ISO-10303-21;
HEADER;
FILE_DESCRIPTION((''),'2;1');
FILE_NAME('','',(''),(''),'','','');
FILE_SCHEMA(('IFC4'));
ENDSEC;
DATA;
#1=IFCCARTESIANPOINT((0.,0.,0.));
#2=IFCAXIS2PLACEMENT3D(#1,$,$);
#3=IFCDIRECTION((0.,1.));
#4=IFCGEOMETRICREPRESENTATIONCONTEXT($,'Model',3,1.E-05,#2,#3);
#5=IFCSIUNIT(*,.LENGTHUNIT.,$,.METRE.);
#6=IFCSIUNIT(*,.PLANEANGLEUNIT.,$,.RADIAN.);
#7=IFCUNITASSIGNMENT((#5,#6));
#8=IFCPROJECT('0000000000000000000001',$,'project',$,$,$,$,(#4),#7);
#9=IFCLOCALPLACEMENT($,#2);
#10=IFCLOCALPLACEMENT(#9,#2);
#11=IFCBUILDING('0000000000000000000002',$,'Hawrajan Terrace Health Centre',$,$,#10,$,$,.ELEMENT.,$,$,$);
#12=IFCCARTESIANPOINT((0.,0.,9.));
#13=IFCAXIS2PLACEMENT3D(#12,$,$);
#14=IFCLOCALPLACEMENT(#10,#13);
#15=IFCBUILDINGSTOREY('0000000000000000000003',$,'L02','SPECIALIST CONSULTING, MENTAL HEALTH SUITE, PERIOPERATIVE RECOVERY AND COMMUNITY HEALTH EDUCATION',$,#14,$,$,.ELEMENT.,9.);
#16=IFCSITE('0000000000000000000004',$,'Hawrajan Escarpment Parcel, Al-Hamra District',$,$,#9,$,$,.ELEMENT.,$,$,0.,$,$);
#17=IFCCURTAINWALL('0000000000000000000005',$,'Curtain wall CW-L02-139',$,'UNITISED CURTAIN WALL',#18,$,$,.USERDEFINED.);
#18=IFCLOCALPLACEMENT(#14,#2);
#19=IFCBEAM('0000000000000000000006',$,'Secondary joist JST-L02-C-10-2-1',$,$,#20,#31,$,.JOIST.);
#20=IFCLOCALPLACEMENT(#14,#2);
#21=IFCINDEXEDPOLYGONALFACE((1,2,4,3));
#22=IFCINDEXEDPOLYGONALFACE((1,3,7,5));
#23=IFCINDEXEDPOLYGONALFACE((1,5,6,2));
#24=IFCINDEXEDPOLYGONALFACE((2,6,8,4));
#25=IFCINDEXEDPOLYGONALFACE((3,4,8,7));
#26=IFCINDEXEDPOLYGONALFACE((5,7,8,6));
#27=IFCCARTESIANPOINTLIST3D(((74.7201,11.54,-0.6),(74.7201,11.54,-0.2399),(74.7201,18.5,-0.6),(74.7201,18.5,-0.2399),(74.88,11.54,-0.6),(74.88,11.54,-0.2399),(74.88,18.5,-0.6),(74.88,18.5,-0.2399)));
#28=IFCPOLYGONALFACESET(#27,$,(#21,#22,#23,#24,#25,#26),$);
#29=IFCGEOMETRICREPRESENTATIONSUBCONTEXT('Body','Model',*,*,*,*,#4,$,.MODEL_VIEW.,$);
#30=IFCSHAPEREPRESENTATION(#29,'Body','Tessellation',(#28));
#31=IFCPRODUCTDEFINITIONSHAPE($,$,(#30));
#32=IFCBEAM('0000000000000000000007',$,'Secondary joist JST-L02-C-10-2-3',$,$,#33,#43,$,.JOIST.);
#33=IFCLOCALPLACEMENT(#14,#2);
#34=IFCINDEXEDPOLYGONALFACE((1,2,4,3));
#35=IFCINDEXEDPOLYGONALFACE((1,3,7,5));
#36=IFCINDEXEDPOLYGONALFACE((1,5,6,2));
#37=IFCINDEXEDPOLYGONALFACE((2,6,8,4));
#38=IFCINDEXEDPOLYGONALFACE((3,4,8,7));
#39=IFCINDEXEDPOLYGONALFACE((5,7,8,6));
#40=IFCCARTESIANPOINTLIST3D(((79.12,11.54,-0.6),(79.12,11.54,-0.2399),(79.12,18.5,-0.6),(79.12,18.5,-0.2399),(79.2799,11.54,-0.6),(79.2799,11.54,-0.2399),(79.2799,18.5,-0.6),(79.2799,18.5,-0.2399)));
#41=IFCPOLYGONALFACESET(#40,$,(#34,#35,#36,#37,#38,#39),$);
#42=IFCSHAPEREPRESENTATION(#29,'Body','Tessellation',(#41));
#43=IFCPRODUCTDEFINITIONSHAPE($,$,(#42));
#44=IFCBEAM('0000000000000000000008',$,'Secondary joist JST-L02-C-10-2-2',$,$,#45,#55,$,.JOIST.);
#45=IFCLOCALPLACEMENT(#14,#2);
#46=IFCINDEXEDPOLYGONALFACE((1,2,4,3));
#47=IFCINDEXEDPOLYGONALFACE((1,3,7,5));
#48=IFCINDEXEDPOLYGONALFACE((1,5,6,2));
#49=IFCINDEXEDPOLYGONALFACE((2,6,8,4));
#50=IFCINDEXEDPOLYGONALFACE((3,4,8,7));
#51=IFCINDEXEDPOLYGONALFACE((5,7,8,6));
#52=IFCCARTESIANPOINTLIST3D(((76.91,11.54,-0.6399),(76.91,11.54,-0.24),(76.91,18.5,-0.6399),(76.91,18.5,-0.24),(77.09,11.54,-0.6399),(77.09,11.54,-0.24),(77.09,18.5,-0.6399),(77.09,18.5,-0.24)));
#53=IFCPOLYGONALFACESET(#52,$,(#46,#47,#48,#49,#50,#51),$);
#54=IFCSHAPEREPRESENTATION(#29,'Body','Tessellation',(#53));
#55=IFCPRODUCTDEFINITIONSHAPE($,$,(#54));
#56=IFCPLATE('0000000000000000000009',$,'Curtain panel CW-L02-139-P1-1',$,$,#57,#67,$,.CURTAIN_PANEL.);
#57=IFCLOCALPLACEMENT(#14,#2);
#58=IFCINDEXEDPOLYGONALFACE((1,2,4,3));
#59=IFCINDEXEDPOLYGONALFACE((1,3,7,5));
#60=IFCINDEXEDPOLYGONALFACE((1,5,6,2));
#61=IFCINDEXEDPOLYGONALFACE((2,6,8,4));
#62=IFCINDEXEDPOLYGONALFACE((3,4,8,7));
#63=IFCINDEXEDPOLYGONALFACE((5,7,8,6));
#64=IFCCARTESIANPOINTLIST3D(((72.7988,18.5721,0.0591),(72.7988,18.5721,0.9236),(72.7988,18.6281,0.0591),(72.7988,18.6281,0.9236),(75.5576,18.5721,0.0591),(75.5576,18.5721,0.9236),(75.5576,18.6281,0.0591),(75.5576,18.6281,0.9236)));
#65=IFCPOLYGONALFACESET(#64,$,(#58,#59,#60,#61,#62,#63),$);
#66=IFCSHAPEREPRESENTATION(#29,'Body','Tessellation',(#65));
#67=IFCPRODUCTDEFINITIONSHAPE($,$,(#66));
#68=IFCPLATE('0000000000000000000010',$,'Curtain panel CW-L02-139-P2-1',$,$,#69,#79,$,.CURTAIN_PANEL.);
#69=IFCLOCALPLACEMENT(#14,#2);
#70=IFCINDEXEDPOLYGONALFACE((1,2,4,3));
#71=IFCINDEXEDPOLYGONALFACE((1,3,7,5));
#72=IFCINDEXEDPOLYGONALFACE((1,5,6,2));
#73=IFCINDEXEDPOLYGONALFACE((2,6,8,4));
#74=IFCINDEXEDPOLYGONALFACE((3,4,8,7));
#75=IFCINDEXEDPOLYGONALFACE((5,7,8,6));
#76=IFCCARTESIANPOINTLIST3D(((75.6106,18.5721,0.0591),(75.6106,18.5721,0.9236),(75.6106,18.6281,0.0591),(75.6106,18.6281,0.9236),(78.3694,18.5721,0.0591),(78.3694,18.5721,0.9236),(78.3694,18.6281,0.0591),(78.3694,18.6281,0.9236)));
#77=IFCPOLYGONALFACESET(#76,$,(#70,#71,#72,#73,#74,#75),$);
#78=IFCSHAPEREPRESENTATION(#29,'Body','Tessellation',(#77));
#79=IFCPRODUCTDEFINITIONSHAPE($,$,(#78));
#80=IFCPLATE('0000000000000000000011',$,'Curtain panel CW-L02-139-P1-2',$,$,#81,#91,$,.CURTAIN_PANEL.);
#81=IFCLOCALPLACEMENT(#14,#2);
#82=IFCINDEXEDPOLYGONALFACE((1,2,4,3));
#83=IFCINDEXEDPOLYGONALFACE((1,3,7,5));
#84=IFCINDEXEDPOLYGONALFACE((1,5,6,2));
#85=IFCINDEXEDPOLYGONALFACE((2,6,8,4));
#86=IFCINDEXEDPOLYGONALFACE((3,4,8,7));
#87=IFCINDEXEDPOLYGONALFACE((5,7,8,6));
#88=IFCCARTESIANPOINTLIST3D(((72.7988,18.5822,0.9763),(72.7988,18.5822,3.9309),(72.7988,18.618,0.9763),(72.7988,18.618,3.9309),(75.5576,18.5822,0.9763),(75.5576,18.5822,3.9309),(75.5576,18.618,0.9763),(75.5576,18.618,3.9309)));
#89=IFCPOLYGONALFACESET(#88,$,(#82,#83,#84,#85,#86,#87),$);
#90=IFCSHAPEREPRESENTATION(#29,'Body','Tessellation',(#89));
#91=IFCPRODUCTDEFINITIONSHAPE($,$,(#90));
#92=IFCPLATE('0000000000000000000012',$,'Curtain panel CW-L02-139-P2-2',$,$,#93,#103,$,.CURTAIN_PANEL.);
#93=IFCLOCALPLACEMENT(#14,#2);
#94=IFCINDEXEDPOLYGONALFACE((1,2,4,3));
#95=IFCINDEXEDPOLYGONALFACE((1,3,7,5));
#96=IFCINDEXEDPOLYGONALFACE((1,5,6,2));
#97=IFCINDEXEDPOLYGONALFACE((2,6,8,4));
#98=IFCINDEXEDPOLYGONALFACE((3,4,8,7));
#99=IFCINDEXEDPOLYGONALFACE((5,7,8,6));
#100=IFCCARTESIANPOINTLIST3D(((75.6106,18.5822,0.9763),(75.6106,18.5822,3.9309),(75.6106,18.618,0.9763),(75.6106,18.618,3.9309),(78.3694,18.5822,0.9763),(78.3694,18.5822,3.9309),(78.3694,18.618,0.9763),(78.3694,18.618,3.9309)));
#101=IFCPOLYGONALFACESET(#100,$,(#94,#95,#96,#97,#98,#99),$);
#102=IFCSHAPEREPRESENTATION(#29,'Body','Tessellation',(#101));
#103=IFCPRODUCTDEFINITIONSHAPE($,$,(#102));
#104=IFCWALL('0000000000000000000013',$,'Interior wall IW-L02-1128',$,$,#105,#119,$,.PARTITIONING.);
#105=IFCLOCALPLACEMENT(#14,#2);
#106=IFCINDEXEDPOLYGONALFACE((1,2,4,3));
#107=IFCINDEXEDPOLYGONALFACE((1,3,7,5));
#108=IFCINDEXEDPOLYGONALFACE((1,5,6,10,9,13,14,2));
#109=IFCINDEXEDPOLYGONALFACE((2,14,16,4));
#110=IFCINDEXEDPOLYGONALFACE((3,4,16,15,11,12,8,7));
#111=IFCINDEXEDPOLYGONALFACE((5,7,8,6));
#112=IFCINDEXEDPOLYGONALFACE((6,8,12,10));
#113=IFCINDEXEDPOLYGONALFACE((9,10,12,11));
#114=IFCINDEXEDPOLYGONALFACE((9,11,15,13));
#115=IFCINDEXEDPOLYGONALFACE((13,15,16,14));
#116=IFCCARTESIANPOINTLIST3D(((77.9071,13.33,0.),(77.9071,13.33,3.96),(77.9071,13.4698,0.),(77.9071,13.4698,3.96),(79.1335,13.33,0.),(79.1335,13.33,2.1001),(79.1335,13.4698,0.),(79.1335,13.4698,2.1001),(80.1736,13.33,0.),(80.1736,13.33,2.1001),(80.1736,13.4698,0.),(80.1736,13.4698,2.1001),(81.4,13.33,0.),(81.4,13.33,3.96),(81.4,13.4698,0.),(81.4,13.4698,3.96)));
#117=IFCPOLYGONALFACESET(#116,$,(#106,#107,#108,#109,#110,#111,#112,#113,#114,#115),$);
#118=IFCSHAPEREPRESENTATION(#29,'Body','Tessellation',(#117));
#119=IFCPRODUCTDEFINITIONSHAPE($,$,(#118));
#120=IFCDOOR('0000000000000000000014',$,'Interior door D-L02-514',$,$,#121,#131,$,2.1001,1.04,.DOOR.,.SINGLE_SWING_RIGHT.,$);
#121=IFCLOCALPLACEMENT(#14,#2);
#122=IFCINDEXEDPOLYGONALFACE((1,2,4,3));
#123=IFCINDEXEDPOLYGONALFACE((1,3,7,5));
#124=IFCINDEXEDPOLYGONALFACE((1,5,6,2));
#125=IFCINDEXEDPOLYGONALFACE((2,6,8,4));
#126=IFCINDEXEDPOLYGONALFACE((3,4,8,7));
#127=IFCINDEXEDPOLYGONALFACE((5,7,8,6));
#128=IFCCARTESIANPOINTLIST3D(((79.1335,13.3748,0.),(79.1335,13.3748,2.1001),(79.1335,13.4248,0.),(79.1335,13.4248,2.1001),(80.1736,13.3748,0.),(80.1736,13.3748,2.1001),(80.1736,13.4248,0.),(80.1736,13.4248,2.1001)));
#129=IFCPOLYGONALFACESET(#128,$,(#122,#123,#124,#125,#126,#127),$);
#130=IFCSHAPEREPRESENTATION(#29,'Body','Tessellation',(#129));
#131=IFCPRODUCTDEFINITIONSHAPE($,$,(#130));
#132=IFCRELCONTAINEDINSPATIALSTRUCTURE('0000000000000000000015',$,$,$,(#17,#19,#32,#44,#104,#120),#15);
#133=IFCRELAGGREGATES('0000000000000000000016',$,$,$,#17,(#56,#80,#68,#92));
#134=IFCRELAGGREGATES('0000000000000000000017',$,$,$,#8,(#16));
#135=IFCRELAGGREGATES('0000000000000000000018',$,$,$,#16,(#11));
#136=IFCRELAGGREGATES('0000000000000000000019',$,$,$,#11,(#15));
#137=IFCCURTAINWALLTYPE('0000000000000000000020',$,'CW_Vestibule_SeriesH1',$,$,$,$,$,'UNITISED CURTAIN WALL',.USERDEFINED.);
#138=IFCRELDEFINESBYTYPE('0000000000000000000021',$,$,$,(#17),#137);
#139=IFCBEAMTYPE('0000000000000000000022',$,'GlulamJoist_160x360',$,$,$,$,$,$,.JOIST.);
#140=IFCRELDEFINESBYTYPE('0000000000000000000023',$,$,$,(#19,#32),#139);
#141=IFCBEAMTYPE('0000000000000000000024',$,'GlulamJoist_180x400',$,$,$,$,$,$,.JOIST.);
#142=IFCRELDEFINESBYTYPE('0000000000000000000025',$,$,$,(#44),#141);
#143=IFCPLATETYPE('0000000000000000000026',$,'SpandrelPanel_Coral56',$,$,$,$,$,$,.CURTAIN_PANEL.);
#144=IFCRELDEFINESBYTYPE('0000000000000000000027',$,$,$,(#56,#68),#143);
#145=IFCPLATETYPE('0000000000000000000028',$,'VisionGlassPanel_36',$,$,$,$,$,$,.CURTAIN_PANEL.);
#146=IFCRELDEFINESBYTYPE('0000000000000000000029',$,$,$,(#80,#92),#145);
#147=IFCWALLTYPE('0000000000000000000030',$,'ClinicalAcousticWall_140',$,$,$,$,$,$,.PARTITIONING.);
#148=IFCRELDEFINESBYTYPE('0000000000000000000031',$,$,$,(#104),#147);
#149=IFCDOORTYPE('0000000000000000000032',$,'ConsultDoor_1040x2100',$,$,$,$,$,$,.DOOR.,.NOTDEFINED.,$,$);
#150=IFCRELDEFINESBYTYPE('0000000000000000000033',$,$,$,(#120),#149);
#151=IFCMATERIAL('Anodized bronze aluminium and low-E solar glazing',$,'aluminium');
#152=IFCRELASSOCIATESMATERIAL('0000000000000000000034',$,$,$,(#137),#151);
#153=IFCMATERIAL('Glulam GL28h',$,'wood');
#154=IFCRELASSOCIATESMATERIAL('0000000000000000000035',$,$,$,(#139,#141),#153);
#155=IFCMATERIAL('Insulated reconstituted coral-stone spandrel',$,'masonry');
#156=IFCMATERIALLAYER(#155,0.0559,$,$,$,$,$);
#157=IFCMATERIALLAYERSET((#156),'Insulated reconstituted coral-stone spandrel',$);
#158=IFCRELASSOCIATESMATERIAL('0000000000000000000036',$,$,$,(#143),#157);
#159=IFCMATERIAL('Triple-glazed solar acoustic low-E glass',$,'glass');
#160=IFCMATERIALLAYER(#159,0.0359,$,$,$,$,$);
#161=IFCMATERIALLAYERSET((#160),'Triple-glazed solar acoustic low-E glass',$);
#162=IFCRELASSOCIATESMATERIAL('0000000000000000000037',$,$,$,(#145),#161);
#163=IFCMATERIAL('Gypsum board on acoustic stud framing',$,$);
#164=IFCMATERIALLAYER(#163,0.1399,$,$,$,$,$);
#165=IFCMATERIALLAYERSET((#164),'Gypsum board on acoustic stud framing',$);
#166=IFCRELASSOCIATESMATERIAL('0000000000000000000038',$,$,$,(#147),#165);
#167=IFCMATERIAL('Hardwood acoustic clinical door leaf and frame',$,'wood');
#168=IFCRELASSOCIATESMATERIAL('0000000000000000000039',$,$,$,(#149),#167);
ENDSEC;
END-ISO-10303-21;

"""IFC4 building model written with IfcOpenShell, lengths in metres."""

from ifc_helpers import new_model, si_unit, direction, frame, frame_2d, origin, origin_2d, place, context, subcontext, project, spatial, rectangle, extrude, material, layer, layer_set, material_profile, profile_set, type_object, element, fill, aggregate, save


model = new_model("IFC4")

# Units and contexts
model_context = context("Model", 3, precision=1e-05, world=origin(), true_north=direction((0.0, 1.0)))
body_context = subcontext(model_context, "Body", "Model", "MODEL_VIEW")
ifc_project = project(units=[si_unit("LENGTHUNIT", "METRE"), si_unit("PLANEANGLEUNIT", "RADIAN")], contexts=[model_context])

# Site, building, storey
site_placement = place(None, origin())
site = spatial("IfcSite", under=ifc_project, at=site_placement, Name="Hawrajan Escarpment Parcel, Al-Hamra District", CompositionType="ELEMENT", RefElevation=0.0)
building_placement = place(site_placement, origin())
building = spatial("IfcBuilding", under=site, at=building_placement, Name="Hawrajan Terrace Health Centre", CompositionType="ELEMENT")
storey_placement = place(building_placement, frame((0.0, 0.0, 9.0)))
storey = spatial("IfcBuildingStorey", under=building, at=storey_placement, Name="L02", Description="SPECIALIST CONSULTING, MENTAL HEALTH SUITE, PERIOPERATIVE RECOVERY AND COMMUNITY HEALTH EDUCATION", CompositionType="ELEMENT", Elevation=9.0)

# Curtain wall
ifc_material_1 = material(Name="Anodized bronze aluminium and low-E solar glazing", Category="aluminium")
curtain_wall_type = type_object("IfcCurtainWallType", Name="CW_Vestibule_SeriesH1", ElementType="UNITISED CURTAIN WALL", PredefinedType="USERDEFINED", material=ifc_material_1)
curtain_wall_placement = place(storey_placement, origin())
curtain_wall = element("IfcCurtainWall", 1, at=curtain_wall_placement, inside=storey, type_object=curtain_wall_type, Name="Curtain wall CW-L02-139", ObjectType="UNITISED CURTAIN WALL", PredefinedType="USERDEFINED")

# Beams
ifc_material_2 = material(Name="Glulam GL28h", Category="wood")
ifc_material_profile_1 = material_profile(ifc_material_2, rectangle(XDim=0.1599, YDim=0.3601, at=origin_2d()), Name="GL JST 160x360")
ifc_profile_set_1 = profile_set([ifc_material_profile_1], Name="Glulam GL28h")
beam_type_1 = type_object("IfcBeamType", Name="GlulamJoist_160x360", PredefinedType="JOIST", material=ifc_profile_set_1)
for number, where, z_axis, x_axis, name in (
    (2, (74.8, 11.54, -0.4199), (0.0, 1.0, 0.0), (-1.0, 0.0, 0.0), "Secondary joist JST-L02-C-10-2-1"),
    (3, (79.2, 11.54, -0.4199), (0.0, 1.0, 0.0), (-1.0, 0.0, 0.0), "Secondary joist JST-L02-C-10-2-3"),
):
    element("IfcBeam", number, at=place(storey_placement, frame(where, z_axis=z_axis, x_axis=x_axis)), inside=storey, type_object=beam_type_1, Name=name, PredefinedType="JOIST", context=body_context, shape_type="SweptSolid", body=[
        extrude(rectangle(XDim=0.1599, YDim=0.3601, at=origin_2d()), origin(), (0.0, 0.0, 1.0), 6.96),
    ])
ifc_material_profile_2 = material_profile(ifc_material_2, rectangle(XDim=0.1799, YDim=0.3999, at=origin_2d()), Name="GL JST 180x400")
ifc_profile_set_2 = profile_set([ifc_material_profile_2], Name="Glulam GL28h")
beam_type_2 = type_object("IfcBeamType", Name="GlulamJoist_180x400", PredefinedType="JOIST", material=ifc_profile_set_2)
beam_placement = place(storey_placement, frame((77.0, 11.54, -0.4399), z_axis=(0.0, 1.0, 0.0), x_axis=(-1.0, 0.0, 0.0)))
element("IfcBeam", 4, at=beam_placement, inside=storey, type_object=beam_type_2, Name="Secondary joist JST-L02-C-10-2-2", PredefinedType="JOIST", context=body_context, shape_type="SweptSolid", body=[
    extrude(rectangle(XDim=0.1799, YDim=0.3999, at=origin_2d()), origin(), (0.0, 0.0, 1.0), 6.96),
])

# Plates
ifc_material_3 = material(Name="Insulated reconstituted coral-stone spandrel", Category="masonry")
ifc_layer_1 = layer(ifc_material_3, 0.0559)
ifc_layer_set_1 = layer_set([ifc_layer_1], Name="Insulated reconstituted coral-stone spandrel")
plate_type_1 = type_object("IfcPlateType", Name="SpandrelPanel_Coral56", PredefinedType="CURTAIN_PANEL", material=ifc_layer_set_1)
plate_1_placement = place(storey_placement, frame((74.1782, 18.6001, 0.0591), z_axis=(0.0, 0.0, 1.0), x_axis=(1.0, 0.0, 0.0)))
plate_1 = element("IfcPlate", 5, at=plate_1_placement, type_object=plate_type_1, Name="Curtain panel CW-L02-139-P1-1", PredefinedType="CURTAIN_PANEL", context=body_context, shape_type="SweptSolid", body=[
    extrude(rectangle(XDim=2.7588, YDim=0.0559, at=origin_2d()), origin(), (0.0, 0.0, 1.0), 0.8645),
])
plate_2_placement = place(storey_placement, frame((76.99, 18.6001, 0.0591), z_axis=(0.0, 0.0, 1.0), x_axis=(1.0, 0.0, 0.0)))
plate_2 = element("IfcPlate", 6, at=plate_2_placement, type_object=plate_type_1, Name="Curtain panel CW-L02-139-P2-1", PredefinedType="CURTAIN_PANEL", context=body_context, shape_type="SweptSolid", body=[
    extrude(rectangle(XDim=2.7588, YDim=0.0559, at=origin_2d()), origin(), (0.0, 0.0, 1.0), 0.8645),
])
ifc_material_4 = material(Name="Triple-glazed solar acoustic low-E glass", Category="glass")
ifc_layer_2 = layer(ifc_material_4, 0.0359)
ifc_layer_set_2 = layer_set([ifc_layer_2], Name="Triple-glazed solar acoustic low-E glass")
plate_type_2 = type_object("IfcPlateType", Name="VisionGlassPanel_36", PredefinedType="CURTAIN_PANEL", material=ifc_layer_set_2)
plate_3_placement = place(storey_placement, frame((74.1782, 18.6001, 0.9763), z_axis=(0.0, 0.0, 1.0), x_axis=(1.0, 0.0, 0.0)))
plate_3 = element("IfcPlate", 7, at=plate_3_placement, type_object=plate_type_2, Name="Curtain panel CW-L02-139-P1-2", PredefinedType="CURTAIN_PANEL", context=body_context, shape_type="SweptSolid", body=[
    extrude(rectangle(XDim=2.7588, YDim=0.0359, at=origin_2d()), origin(), (0.0, 0.0, 1.0), 2.9546),
])
plate_4_placement = place(storey_placement, frame((76.99, 18.6001, 0.9763), z_axis=(0.0, 0.0, 1.0), x_axis=(1.0, 0.0, 0.0)))
plate_4 = element("IfcPlate", 8, at=plate_4_placement, type_object=plate_type_2, Name="Curtain panel CW-L02-139-P2-2", PredefinedType="CURTAIN_PANEL", context=body_context, shape_type="SweptSolid", body=[
    extrude(rectangle(XDim=2.7588, YDim=0.0359, at=origin_2d()), origin(), (0.0, 0.0, 1.0), 2.9546),
])
aggregate(curtain_wall, [plate_1, plate_3, plate_2, plate_4])

# Shared definitions
ifc_material_5 = material(Name="Gypsum board on acoustic stud framing")
ifc_layer_3 = layer(ifc_material_5, 0.1399)
ifc_layer_set_3 = layer_set([ifc_layer_3], Name="Gypsum board on acoustic stud framing")
wall_type = type_object("IfcWallType", Name="ClinicalAcousticWall_140", PredefinedType="PARTITIONING", material=ifc_layer_set_3)

# Wall, opening, door
wall_1_placement = place(storey_placement, frame((77.907, 13.3999, 0.0), z_axis=(0.0, 0.0, 1.0), x_axis=(1.0, 0.0, 0.0)))
wall_1 = element("IfcWall", 9, at=wall_1_placement, inside=storey, type_object=wall_type, Name="Interior wall IW-L02-1128", PredefinedType="PARTITIONING", context=body_context, shape_type="SweptSolid", body=[
    extrude(rectangle(XDim=3.4929, YDim=0.1399, at=frame_2d((1.7466, 0.0))), origin(), (0.0, 0.0, 1.0), 3.96),
])
opening_placement = place(wall_1_placement, frame((1.2266, 0.0, 0.0)))
opening = element("IfcOpeningElement", 10, at=opening_placement, cuts=wall_1, PredefinedType="OPENING", context=body_context, shape_type="SweptSolid", body=[
    extrude(rectangle(XDim=1.04, YDim=2.1001, at=frame_2d((0.52, 1.05))), frame((0.0, 0.0798, 0.0), z_axis=(0.0, -1.0, 0.0), x_axis=(1.0, 0.0, 0.0)), (0.0, 0.0, 1.0), 0.1599),
])
ifc_material_6 = material(Name="Hardwood acoustic clinical door leaf and frame", Category="wood")
door_type = type_object("IfcDoorType", Name="ConsultDoor_1040x2100", OperationType="NOTDEFINED", PredefinedType="DOOR", material=ifc_material_6)
door_placement = place(opening_placement, origin())
door = element("IfcDoor", 11, at=door_placement, inside=storey, type_object=door_type, Name="Interior door D-L02-514", OperationType="SINGLE_SWING_RIGHT", OverallHeight=2.1001, OverallWidth=1.04, PredefinedType="DOOR", context=body_context, shape_type="SweptSolid", body=[
    extrude(rectangle(XDim=1.04, YDim=2.1001, at=frame_2d((0.52, 1.05))), frame((0.0, 0.0249, 0.0), z_axis=(0.0, -1.0, 0.0), x_axis=(1.0, 0.0, 0.0)), (0.0, 0.0, 1.0), 0.05),
])
fill(opening, door)

save(model, "model.ifc")
